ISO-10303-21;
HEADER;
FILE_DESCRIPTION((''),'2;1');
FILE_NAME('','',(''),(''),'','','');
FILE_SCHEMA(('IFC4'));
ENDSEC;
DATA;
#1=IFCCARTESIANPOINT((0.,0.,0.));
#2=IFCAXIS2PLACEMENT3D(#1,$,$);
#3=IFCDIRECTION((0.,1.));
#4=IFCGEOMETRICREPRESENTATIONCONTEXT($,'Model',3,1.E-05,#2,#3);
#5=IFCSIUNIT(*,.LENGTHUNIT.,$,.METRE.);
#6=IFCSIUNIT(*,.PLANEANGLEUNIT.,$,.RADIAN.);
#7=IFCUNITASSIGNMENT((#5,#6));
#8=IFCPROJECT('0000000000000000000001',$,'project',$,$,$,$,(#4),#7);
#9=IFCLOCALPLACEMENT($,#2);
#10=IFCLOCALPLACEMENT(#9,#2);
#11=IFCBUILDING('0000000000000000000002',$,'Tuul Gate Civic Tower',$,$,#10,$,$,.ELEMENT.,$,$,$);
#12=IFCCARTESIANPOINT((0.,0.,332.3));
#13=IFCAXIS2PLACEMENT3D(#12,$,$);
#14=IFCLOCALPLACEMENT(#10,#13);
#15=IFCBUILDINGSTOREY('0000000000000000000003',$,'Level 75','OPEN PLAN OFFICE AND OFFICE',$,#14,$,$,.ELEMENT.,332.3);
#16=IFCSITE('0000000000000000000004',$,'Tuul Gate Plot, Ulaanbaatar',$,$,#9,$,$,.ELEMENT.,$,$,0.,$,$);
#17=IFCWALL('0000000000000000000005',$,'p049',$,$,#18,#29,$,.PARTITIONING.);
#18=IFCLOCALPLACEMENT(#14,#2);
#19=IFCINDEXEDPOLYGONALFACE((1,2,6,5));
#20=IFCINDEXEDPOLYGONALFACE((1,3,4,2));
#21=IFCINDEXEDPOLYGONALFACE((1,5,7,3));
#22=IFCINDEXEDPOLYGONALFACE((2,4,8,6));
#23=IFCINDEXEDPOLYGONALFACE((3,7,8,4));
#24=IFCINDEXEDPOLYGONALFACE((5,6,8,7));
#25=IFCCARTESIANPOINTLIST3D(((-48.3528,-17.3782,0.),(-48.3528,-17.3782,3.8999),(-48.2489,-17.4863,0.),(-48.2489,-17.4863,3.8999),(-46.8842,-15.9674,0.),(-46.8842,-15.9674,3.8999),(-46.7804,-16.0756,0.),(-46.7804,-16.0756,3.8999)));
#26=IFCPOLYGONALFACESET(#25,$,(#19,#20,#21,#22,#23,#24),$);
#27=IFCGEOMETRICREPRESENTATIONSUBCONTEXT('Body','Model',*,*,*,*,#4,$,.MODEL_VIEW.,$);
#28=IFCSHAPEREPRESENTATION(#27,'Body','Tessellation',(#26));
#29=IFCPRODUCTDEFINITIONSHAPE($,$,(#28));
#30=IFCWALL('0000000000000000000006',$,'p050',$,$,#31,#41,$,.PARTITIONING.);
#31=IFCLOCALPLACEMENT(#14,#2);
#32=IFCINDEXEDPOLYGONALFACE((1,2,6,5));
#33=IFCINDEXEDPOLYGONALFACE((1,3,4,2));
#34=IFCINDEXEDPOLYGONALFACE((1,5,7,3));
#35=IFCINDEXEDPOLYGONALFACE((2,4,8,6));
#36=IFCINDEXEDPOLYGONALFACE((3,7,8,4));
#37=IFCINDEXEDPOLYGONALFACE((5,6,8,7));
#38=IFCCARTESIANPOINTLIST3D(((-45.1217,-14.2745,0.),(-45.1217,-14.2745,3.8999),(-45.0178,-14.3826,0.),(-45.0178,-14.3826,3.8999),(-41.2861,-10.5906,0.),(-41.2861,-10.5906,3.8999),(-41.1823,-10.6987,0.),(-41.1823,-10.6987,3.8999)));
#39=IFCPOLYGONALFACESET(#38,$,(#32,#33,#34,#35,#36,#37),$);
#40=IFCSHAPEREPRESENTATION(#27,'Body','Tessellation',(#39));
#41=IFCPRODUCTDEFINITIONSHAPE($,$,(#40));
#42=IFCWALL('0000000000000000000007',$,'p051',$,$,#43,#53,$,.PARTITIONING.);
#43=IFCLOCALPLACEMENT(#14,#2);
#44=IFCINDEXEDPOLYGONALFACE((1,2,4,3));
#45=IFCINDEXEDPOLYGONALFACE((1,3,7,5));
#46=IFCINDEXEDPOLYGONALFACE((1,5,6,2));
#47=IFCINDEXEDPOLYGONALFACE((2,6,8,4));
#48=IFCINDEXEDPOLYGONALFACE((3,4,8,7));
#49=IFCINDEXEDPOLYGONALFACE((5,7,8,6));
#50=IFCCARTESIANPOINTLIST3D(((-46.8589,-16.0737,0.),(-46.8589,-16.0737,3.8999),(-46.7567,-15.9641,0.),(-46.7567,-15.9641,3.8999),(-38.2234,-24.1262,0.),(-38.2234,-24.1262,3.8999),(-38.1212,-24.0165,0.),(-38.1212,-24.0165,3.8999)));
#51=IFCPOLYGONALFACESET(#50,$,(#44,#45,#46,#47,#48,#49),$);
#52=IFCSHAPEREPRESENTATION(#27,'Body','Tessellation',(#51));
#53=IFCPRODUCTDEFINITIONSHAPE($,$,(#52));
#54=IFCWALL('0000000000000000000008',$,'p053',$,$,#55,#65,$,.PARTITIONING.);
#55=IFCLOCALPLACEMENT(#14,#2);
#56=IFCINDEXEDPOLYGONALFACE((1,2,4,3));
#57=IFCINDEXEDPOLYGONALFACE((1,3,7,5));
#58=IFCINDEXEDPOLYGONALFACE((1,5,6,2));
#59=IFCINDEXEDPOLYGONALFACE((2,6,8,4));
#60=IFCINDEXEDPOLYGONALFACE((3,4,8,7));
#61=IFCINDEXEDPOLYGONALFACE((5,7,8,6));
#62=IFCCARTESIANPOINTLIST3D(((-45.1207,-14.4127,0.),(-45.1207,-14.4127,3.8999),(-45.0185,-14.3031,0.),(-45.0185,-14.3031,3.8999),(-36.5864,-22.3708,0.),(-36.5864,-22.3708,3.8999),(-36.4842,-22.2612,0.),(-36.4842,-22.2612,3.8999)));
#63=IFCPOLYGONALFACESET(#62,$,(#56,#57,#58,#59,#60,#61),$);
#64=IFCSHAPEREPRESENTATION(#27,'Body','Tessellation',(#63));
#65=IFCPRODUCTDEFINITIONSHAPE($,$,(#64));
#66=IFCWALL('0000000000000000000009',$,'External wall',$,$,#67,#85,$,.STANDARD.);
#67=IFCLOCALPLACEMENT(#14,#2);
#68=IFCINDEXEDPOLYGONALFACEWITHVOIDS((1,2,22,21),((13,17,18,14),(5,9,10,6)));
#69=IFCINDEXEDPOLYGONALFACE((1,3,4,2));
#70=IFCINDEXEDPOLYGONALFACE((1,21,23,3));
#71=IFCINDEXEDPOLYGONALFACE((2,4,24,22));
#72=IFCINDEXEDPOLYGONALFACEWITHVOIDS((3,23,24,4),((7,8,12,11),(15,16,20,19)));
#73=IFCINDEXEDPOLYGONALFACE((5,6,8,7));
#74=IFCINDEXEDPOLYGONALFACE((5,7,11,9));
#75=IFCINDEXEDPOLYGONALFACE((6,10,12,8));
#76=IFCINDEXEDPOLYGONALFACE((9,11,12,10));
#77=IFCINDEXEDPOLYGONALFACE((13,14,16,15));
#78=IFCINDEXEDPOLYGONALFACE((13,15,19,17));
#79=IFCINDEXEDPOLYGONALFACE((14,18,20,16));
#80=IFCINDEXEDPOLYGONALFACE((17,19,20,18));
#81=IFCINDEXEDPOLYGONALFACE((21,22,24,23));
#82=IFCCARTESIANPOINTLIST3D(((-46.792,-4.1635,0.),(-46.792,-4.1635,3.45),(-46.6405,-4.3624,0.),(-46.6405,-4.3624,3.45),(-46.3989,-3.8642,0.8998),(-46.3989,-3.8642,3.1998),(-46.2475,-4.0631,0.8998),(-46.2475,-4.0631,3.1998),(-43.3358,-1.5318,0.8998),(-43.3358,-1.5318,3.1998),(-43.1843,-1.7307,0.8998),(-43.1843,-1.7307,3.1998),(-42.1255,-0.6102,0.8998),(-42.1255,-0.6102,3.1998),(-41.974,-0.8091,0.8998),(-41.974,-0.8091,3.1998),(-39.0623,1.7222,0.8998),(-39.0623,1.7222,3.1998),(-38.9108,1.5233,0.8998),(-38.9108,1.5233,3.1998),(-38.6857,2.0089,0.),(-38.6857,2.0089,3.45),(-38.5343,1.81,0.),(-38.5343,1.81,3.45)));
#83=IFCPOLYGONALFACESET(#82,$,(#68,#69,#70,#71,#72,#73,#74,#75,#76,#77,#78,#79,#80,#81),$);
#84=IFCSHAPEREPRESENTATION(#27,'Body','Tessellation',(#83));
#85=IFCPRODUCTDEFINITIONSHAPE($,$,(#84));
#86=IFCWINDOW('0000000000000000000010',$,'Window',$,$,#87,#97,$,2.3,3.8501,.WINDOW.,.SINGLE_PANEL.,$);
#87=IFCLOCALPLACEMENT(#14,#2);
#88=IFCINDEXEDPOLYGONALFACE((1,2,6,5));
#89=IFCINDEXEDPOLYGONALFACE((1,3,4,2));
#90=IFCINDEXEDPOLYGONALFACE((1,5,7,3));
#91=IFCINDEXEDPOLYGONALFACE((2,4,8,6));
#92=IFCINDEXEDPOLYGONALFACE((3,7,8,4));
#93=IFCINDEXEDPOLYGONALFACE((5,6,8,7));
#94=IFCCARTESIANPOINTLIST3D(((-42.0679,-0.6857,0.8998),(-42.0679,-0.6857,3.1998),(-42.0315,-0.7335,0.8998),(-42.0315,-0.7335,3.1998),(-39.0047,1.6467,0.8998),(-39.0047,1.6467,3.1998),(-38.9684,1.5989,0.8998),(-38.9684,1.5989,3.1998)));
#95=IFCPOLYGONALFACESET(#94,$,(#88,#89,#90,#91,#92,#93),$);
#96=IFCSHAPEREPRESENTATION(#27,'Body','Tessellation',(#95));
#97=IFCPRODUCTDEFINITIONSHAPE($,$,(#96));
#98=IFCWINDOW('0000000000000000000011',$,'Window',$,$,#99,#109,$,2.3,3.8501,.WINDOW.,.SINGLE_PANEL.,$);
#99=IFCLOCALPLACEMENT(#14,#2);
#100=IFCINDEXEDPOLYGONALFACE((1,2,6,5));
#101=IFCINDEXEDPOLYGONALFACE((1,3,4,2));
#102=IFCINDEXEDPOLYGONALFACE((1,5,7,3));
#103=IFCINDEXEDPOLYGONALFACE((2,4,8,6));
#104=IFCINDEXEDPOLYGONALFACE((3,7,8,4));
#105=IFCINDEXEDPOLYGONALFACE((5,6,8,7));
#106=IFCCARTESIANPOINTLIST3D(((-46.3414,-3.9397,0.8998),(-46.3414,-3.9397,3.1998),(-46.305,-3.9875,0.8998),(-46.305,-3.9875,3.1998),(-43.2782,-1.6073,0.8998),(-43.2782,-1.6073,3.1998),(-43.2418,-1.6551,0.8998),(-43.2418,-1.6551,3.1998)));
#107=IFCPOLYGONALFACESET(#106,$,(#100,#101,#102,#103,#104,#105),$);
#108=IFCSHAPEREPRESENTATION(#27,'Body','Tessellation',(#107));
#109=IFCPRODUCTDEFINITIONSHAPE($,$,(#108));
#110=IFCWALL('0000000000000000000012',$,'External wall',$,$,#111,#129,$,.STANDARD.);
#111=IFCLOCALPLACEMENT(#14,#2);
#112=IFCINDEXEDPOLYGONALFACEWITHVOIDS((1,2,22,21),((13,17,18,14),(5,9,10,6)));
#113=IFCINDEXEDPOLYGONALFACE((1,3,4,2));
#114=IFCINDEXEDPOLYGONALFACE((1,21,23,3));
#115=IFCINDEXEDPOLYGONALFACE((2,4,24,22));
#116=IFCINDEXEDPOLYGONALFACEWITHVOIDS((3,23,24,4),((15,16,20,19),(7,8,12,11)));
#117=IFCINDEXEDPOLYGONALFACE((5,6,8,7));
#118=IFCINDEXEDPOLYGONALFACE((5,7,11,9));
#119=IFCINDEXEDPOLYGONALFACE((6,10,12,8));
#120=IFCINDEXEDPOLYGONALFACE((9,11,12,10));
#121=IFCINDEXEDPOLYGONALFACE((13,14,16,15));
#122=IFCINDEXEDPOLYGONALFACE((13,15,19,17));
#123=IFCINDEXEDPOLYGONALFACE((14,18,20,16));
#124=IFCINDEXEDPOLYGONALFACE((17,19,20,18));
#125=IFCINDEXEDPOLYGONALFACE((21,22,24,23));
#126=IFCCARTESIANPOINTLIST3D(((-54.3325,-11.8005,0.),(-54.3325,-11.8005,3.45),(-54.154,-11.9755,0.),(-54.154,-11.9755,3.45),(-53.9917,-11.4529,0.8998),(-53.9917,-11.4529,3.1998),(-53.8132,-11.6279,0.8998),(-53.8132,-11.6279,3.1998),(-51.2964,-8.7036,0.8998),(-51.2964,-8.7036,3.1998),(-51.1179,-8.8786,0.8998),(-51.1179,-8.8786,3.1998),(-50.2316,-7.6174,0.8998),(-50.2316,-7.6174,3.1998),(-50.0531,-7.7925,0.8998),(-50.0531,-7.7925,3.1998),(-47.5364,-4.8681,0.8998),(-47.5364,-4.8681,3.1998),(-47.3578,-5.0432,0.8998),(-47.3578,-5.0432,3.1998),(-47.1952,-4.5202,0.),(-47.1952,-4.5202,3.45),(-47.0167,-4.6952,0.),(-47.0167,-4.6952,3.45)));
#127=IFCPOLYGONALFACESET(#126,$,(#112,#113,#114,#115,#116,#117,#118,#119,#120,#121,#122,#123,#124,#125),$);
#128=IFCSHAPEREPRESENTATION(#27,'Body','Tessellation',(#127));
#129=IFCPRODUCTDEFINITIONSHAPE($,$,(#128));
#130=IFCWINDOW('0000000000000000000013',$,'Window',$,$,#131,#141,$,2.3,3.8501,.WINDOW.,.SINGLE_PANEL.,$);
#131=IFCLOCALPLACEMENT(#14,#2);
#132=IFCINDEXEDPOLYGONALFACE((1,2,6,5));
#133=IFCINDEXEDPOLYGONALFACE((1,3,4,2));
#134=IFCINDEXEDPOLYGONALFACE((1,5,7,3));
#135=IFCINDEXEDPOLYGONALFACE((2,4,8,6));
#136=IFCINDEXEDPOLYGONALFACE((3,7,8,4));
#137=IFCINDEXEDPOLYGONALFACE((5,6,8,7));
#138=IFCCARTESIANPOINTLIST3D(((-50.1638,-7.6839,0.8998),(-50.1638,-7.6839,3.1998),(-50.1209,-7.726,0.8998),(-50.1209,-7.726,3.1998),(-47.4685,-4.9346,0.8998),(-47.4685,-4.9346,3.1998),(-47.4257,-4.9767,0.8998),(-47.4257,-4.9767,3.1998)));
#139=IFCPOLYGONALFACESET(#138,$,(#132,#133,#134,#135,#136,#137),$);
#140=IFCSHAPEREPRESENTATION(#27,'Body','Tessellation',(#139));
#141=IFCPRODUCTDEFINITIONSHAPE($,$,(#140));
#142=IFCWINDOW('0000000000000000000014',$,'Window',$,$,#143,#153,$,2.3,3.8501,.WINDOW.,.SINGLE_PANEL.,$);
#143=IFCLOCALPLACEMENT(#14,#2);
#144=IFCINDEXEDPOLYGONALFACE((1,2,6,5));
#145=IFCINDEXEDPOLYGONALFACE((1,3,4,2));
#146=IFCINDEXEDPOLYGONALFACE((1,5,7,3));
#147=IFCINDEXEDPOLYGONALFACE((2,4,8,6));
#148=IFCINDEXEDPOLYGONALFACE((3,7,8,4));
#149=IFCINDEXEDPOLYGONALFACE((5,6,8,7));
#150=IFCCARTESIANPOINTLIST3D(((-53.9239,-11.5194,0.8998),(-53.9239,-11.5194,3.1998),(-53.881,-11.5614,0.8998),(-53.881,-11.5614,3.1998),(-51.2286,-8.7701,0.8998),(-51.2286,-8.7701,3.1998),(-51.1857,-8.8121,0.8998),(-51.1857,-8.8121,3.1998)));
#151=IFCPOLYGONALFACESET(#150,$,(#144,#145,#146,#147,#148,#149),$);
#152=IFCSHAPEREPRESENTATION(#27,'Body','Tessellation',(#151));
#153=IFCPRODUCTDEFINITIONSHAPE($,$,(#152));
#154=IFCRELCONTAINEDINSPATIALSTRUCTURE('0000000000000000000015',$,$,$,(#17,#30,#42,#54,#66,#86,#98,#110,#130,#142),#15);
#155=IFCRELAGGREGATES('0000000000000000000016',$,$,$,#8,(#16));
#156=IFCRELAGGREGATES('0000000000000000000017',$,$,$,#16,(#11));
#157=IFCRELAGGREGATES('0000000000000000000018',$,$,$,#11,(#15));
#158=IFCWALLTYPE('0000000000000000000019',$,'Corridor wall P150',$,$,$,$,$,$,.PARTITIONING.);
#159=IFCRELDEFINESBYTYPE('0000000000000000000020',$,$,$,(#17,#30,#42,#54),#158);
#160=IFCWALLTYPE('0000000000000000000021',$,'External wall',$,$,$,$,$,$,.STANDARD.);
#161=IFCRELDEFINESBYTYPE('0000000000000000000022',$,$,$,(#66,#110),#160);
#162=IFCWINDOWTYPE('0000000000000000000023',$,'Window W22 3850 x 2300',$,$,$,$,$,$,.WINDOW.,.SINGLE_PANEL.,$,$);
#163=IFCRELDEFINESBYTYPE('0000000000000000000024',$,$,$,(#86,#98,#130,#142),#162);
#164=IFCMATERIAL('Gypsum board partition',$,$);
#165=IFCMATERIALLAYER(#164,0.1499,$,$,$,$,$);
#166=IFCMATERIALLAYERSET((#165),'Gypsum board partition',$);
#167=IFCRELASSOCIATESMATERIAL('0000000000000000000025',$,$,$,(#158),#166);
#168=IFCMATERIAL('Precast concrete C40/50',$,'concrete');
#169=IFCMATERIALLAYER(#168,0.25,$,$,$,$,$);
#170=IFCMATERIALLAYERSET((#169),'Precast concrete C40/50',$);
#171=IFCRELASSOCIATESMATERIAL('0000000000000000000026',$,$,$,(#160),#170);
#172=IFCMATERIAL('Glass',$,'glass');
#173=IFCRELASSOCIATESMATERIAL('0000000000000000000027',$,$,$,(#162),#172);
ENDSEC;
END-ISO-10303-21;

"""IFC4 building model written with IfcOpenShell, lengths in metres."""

from ifc_helpers import new_model, si_unit, direction, frame, frame_2d, origin, place, context, subcontext, project, spatial, rectangle, extrude, material, layer, layer_set, type_object, element, fill, save


model = new_model("IFC4")

# Units and contexts
model_context = context("Model", 3, precision=1e-05, world=origin(), true_north=direction((0.0, 1.0)))
body_context = subcontext(model_context, "Body", "Model", "MODEL_VIEW")
ifc_project = project(units=[si_unit("LENGTHUNIT", "METRE"), si_unit("PLANEANGLEUNIT", "RADIAN")], contexts=[model_context])

# Site, building, storey
site_placement = place(None, origin())
site = spatial("IfcSite", under=ifc_project, at=site_placement, Name="Tuul Gate Plot, Ulaanbaatar", CompositionType="ELEMENT", RefElevation=0.0)
building_placement = place(site_placement, origin())
building = spatial("IfcBuilding", under=site, at=building_placement, Name="Tuul Gate Civic Tower", CompositionType="ELEMENT")
storey_placement = place(building_placement, frame((0.0, 0.0, 332.3)))
storey = spatial("IfcBuildingStorey", under=building, at=storey_placement, Name="Level 75", Description="OPEN PLAN OFFICE AND OFFICE", CompositionType="ELEMENT", Elevation=332.3)

# Shared definitions
ifc_material_1 = material(Name="Gypsum board partition")
ifc_layer_1 = layer(ifc_material_1, 0.1499)
ifc_layer_set_1 = layer_set([ifc_layer_1], Name="Gypsum board partition")
wall_type_1 = type_object("IfcWallType", Name="Corridor wall P150", PredefinedType="PARTITIONING", material=ifc_layer_set_1)

# Walls
wall_1_placement = place(storey_placement, frame((-48.3008, -17.4321, 0.0), z_axis=(0.0, 0.0, 1.0), x_axis=(0.721172, 0.692756, 0.0)))
element("IfcWall", 1, at=wall_1_placement, inside=storey, type_object=wall_type_1, Name="p049", PredefinedType="PARTITIONING", context=body_context, shape_type="SweptSolid", body=[
    extrude(rectangle(XDim=2.0364, YDim=0.1499, at=frame_2d((1.0181, 0.0))), origin(), (0.0, 0.0, 1.0), 3.8999),
])
wall_2_placement = place(storey_placement, frame((-45.0698, -14.3286, 0.0), z_axis=(0.0, 0.0, 1.0), x_axis=(0.721218, 0.692709, 0.0)))
element("IfcWall", 2, at=wall_2_placement, inside=storey, type_object=wall_type_1, Name="p050", PredefinedType="PARTITIONING", context=body_context, shape_type="SweptSolid", body=[
    extrude(rectangle(XDim=5.3181, YDim=0.1499, at=frame_2d((2.6592, 0.0))), origin(), (0.0, 0.0, 1.0), 3.8999),
])
wall_3_placement = place(storey_placement, frame((-46.8079, -16.0188, 0.0), z_axis=(0.0, 0.0, 1.0), x_axis=(0.731364, -0.681987, 0.0)))
element("IfcWall", 3, at=wall_3_placement, inside=storey, type_object=wall_type_1, Name="p051", PredefinedType="PARTITIONING", context=body_context, shape_type="SweptSolid", body=[
    extrude(rectangle(XDim=11.8074, YDim=0.1499, at=frame_2d((5.9038, 0.0))), origin(), (0.0, 0.0, 1.0), 3.8999),
])
wall_4_placement = place(storey_placement, frame((-45.0696, -14.3579, 0.0), z_axis=(0.0, 0.0, 1.0), x_axis=(0.731364, -0.681987, 0.0)))
element("IfcWall", 4, at=wall_4_placement, inside=storey, type_object=wall_type_1, Name="p053", PredefinedType="PARTITIONING", context=body_context, shape_type="SweptSolid", body=[
    extrude(rectangle(XDim=11.6689, YDim=0.1499, at=frame_2d((5.8345, 0.0))), origin(), (0.0, 0.0, 1.0), 3.8999),
])

# Walls, openings, windows
ifc_material_2 = material(Name="Precast concrete C40/50", Category="concrete")
ifc_layer_2 = layer(ifc_material_2, 0.25)
ifc_layer_set_2 = layer_set([ifc_layer_2], Name="Precast concrete C40/50")
wall_type_2 = type_object("IfcWallType", Name="External wall", PredefinedType="STANDARD", material=ifc_layer_set_2)
wall_5_placement = place(storey_placement, frame((-38.6101, 1.9094, 0.0), z_axis=(0.0, 0.0, 1.0), x_axis=(-0.795611, -0.605808, 0.0)))
wall_5 = element("IfcWall", 5, at=wall_5_placement, inside=storey, type_object=wall_type_2, Name="External wall", PredefinedType="STANDARD", context=body_context, shape_type="SweptSolid", body=[
    extrude(rectangle(XDim=10.1887, YDim=0.25, at=frame_2d((5.0942, 0.0))), origin(), (0.0, 0.0, 1.0), 3.45),
])
opening_1_placement = place(wall_5_placement, frame((0.4731, 0.0, 0.8999)))
opening_1 = element("IfcOpeningElement", 6, at=opening_1_placement, cuts=wall_5, PredefinedType="OPENING", context=body_context, shape_type="SweptSolid", body=[
    extrude(rectangle(XDim=3.8501, YDim=2.3, at=frame_2d((1.925, 1.1499))), frame((0.0, 0.135, 0.0), z_axis=(0.0, -1.0, 0.0), x_axis=(1.0, 0.0, 0.0)), (0.0, 0.0, 1.0), 0.27),
])
opening_2_placement = place(wall_5_placement, frame((5.8445, 0.0, 0.8999)))
opening_2 = element("IfcOpeningElement", 7, at=opening_2_placement, cuts=wall_5, PredefinedType="OPENING", context=body_context, shape_type="SweptSolid", body=[
    extrude(rectangle(XDim=3.8501, YDim=2.3, at=frame_2d((1.925, 1.1499))), frame((0.0, 0.135, 0.0), z_axis=(0.0, -1.0, 0.0), x_axis=(1.0, 0.0, 0.0)), (0.0, 0.0, 1.0), 0.27),
])
ifc_material_3 = material(Name="Glass", Category="glass")
window_type_1 = type_object("IfcWindowType", Name="Window W22 3850 x 2300", PartitioningType="SINGLE_PANEL", PredefinedType="WINDOW", material=ifc_material_3)
window_1_placement = place(opening_1_placement, origin())
window_1 = element("IfcWindow", 8, at=window_1_placement, inside=storey, type_object=window_type_1, Name="Window", OverallHeight=2.3, OverallWidth=3.8501, PartitioningType="SINGLE_PANEL", PredefinedType="WINDOW", context=body_context, shape_type="SweptSolid", body=[
    extrude(rectangle(XDim=3.8501, YDim=2.3, at=frame_2d((1.925, 1.1499))), frame((0.0, 0.03, 0.0), z_axis=(0.0, -1.0, 0.0), x_axis=(1.0, 0.0, 0.0)), (0.0, 0.0, 1.0), 0.0601),
])
fill(opening_1, window_1)
window_2_placement = place(opening_2_placement, origin())
window_2 = element("IfcWindow", 9, at=window_2_placement, inside=storey, type_object=window_type_1, Name="Window", OverallHeight=2.3, OverallWidth=3.8501, PartitioningType="SINGLE_PANEL", PredefinedType="WINDOW", context=body_context, shape_type="SweptSolid", body=[
    extrude(rectangle(XDim=3.8501, YDim=2.3, at=frame_2d((1.925, 1.1499))), frame((0.0, 0.03, 0.0), z_axis=(0.0, -1.0, 0.0), x_axis=(1.0, 0.0, 0.0)), (0.0, 0.0, 1.0), 0.0601),
])
fill(opening_2, window_2)
wall_6_placement = place(storey_placement, frame((-47.106, -4.6077, 0.0), z_axis=(0.0, 0.0, 1.0), x_axis=(-0.700056, -0.714088, 0.0)))
wall_6 = element("IfcWall", 10, at=wall_6_placement, inside=storey, type_object=wall_type_2, Name="External wall", PredefinedType="STANDARD", context=body_context, shape_type="SweptSolid", body=[
    extrude(rectangle(XDim=10.1953, YDim=0.25, at=frame_2d((5.0977, 0.0))), origin(), (0.0, 0.0, 1.0), 3.45),
])
opening_3_placement = place(wall_6_placement, frame((0.4873, 0.0, 0.8999)))
opening_3 = element("IfcOpeningElement", 11, at=opening_3_placement, cuts=wall_6, PredefinedType="OPENING", context=body_context, shape_type="SweptSolid", body=[
    extrude(rectangle(XDim=3.8501, YDim=2.3, at=frame_2d((1.925, 1.1499))), frame((0.0, 0.135, 0.0), z_axis=(0.0, -1.0, 0.0), x_axis=(1.0, 0.0, 0.0)), (0.0, 0.0, 1.0), 0.27),
])
opening_4_placement = place(wall_6_placement, frame((5.8584, 0.0, 0.8999)))
opening_4 = element("IfcOpeningElement", 12, at=opening_4_placement, cuts=wall_6, PredefinedType="OPENING", context=body_context, shape_type="SweptSolid", body=[
    extrude(rectangle(XDim=3.8501, YDim=2.3, at=frame_2d((1.925, 1.1499))), frame((0.0, 0.135, 0.0), z_axis=(0.0, -1.0, 0.0), x_axis=(1.0, 0.0, 0.0)), (0.0, 0.0, 1.0), 0.27),
])
window_3_placement = place(opening_3_placement, origin())
window_3 = element("IfcWindow", 13, at=window_3_placement, inside=storey, type_object=window_type_1, Name="Window", OverallHeight=2.3, OverallWidth=3.8501, PartitioningType="SINGLE_PANEL", PredefinedType="WINDOW", context=body_context, shape_type="SweptSolid", body=[
    extrude(rectangle(XDim=3.8501, YDim=2.3, at=frame_2d((1.925, 1.1499))), frame((0.0, 0.03, 0.0), z_axis=(0.0, -1.0, 0.0), x_axis=(1.0, 0.0, 0.0)), (0.0, 0.0, 1.0), 0.0601),
])
fill(opening_3, window_3)
window_4_placement = place(opening_4_placement, origin())
window_4 = element("IfcWindow", 14, at=window_4_placement, inside=storey, type_object=window_type_1, Name="Window", OverallHeight=2.3, OverallWidth=3.8501, PartitioningType="SINGLE_PANEL", PredefinedType="WINDOW", context=body_context, shape_type="SweptSolid", body=[
    extrude(rectangle(XDim=3.8501, YDim=2.3, at=frame_2d((1.925, 1.1499))), frame((0.0, 0.03, 0.0), z_axis=(0.0, -1.0, 0.0), x_axis=(1.0, 0.0, 0.0)), (0.0, 0.0, 1.0), 0.0601),
])
fill(opening_4, window_4)

save(model, "model.ifc")
